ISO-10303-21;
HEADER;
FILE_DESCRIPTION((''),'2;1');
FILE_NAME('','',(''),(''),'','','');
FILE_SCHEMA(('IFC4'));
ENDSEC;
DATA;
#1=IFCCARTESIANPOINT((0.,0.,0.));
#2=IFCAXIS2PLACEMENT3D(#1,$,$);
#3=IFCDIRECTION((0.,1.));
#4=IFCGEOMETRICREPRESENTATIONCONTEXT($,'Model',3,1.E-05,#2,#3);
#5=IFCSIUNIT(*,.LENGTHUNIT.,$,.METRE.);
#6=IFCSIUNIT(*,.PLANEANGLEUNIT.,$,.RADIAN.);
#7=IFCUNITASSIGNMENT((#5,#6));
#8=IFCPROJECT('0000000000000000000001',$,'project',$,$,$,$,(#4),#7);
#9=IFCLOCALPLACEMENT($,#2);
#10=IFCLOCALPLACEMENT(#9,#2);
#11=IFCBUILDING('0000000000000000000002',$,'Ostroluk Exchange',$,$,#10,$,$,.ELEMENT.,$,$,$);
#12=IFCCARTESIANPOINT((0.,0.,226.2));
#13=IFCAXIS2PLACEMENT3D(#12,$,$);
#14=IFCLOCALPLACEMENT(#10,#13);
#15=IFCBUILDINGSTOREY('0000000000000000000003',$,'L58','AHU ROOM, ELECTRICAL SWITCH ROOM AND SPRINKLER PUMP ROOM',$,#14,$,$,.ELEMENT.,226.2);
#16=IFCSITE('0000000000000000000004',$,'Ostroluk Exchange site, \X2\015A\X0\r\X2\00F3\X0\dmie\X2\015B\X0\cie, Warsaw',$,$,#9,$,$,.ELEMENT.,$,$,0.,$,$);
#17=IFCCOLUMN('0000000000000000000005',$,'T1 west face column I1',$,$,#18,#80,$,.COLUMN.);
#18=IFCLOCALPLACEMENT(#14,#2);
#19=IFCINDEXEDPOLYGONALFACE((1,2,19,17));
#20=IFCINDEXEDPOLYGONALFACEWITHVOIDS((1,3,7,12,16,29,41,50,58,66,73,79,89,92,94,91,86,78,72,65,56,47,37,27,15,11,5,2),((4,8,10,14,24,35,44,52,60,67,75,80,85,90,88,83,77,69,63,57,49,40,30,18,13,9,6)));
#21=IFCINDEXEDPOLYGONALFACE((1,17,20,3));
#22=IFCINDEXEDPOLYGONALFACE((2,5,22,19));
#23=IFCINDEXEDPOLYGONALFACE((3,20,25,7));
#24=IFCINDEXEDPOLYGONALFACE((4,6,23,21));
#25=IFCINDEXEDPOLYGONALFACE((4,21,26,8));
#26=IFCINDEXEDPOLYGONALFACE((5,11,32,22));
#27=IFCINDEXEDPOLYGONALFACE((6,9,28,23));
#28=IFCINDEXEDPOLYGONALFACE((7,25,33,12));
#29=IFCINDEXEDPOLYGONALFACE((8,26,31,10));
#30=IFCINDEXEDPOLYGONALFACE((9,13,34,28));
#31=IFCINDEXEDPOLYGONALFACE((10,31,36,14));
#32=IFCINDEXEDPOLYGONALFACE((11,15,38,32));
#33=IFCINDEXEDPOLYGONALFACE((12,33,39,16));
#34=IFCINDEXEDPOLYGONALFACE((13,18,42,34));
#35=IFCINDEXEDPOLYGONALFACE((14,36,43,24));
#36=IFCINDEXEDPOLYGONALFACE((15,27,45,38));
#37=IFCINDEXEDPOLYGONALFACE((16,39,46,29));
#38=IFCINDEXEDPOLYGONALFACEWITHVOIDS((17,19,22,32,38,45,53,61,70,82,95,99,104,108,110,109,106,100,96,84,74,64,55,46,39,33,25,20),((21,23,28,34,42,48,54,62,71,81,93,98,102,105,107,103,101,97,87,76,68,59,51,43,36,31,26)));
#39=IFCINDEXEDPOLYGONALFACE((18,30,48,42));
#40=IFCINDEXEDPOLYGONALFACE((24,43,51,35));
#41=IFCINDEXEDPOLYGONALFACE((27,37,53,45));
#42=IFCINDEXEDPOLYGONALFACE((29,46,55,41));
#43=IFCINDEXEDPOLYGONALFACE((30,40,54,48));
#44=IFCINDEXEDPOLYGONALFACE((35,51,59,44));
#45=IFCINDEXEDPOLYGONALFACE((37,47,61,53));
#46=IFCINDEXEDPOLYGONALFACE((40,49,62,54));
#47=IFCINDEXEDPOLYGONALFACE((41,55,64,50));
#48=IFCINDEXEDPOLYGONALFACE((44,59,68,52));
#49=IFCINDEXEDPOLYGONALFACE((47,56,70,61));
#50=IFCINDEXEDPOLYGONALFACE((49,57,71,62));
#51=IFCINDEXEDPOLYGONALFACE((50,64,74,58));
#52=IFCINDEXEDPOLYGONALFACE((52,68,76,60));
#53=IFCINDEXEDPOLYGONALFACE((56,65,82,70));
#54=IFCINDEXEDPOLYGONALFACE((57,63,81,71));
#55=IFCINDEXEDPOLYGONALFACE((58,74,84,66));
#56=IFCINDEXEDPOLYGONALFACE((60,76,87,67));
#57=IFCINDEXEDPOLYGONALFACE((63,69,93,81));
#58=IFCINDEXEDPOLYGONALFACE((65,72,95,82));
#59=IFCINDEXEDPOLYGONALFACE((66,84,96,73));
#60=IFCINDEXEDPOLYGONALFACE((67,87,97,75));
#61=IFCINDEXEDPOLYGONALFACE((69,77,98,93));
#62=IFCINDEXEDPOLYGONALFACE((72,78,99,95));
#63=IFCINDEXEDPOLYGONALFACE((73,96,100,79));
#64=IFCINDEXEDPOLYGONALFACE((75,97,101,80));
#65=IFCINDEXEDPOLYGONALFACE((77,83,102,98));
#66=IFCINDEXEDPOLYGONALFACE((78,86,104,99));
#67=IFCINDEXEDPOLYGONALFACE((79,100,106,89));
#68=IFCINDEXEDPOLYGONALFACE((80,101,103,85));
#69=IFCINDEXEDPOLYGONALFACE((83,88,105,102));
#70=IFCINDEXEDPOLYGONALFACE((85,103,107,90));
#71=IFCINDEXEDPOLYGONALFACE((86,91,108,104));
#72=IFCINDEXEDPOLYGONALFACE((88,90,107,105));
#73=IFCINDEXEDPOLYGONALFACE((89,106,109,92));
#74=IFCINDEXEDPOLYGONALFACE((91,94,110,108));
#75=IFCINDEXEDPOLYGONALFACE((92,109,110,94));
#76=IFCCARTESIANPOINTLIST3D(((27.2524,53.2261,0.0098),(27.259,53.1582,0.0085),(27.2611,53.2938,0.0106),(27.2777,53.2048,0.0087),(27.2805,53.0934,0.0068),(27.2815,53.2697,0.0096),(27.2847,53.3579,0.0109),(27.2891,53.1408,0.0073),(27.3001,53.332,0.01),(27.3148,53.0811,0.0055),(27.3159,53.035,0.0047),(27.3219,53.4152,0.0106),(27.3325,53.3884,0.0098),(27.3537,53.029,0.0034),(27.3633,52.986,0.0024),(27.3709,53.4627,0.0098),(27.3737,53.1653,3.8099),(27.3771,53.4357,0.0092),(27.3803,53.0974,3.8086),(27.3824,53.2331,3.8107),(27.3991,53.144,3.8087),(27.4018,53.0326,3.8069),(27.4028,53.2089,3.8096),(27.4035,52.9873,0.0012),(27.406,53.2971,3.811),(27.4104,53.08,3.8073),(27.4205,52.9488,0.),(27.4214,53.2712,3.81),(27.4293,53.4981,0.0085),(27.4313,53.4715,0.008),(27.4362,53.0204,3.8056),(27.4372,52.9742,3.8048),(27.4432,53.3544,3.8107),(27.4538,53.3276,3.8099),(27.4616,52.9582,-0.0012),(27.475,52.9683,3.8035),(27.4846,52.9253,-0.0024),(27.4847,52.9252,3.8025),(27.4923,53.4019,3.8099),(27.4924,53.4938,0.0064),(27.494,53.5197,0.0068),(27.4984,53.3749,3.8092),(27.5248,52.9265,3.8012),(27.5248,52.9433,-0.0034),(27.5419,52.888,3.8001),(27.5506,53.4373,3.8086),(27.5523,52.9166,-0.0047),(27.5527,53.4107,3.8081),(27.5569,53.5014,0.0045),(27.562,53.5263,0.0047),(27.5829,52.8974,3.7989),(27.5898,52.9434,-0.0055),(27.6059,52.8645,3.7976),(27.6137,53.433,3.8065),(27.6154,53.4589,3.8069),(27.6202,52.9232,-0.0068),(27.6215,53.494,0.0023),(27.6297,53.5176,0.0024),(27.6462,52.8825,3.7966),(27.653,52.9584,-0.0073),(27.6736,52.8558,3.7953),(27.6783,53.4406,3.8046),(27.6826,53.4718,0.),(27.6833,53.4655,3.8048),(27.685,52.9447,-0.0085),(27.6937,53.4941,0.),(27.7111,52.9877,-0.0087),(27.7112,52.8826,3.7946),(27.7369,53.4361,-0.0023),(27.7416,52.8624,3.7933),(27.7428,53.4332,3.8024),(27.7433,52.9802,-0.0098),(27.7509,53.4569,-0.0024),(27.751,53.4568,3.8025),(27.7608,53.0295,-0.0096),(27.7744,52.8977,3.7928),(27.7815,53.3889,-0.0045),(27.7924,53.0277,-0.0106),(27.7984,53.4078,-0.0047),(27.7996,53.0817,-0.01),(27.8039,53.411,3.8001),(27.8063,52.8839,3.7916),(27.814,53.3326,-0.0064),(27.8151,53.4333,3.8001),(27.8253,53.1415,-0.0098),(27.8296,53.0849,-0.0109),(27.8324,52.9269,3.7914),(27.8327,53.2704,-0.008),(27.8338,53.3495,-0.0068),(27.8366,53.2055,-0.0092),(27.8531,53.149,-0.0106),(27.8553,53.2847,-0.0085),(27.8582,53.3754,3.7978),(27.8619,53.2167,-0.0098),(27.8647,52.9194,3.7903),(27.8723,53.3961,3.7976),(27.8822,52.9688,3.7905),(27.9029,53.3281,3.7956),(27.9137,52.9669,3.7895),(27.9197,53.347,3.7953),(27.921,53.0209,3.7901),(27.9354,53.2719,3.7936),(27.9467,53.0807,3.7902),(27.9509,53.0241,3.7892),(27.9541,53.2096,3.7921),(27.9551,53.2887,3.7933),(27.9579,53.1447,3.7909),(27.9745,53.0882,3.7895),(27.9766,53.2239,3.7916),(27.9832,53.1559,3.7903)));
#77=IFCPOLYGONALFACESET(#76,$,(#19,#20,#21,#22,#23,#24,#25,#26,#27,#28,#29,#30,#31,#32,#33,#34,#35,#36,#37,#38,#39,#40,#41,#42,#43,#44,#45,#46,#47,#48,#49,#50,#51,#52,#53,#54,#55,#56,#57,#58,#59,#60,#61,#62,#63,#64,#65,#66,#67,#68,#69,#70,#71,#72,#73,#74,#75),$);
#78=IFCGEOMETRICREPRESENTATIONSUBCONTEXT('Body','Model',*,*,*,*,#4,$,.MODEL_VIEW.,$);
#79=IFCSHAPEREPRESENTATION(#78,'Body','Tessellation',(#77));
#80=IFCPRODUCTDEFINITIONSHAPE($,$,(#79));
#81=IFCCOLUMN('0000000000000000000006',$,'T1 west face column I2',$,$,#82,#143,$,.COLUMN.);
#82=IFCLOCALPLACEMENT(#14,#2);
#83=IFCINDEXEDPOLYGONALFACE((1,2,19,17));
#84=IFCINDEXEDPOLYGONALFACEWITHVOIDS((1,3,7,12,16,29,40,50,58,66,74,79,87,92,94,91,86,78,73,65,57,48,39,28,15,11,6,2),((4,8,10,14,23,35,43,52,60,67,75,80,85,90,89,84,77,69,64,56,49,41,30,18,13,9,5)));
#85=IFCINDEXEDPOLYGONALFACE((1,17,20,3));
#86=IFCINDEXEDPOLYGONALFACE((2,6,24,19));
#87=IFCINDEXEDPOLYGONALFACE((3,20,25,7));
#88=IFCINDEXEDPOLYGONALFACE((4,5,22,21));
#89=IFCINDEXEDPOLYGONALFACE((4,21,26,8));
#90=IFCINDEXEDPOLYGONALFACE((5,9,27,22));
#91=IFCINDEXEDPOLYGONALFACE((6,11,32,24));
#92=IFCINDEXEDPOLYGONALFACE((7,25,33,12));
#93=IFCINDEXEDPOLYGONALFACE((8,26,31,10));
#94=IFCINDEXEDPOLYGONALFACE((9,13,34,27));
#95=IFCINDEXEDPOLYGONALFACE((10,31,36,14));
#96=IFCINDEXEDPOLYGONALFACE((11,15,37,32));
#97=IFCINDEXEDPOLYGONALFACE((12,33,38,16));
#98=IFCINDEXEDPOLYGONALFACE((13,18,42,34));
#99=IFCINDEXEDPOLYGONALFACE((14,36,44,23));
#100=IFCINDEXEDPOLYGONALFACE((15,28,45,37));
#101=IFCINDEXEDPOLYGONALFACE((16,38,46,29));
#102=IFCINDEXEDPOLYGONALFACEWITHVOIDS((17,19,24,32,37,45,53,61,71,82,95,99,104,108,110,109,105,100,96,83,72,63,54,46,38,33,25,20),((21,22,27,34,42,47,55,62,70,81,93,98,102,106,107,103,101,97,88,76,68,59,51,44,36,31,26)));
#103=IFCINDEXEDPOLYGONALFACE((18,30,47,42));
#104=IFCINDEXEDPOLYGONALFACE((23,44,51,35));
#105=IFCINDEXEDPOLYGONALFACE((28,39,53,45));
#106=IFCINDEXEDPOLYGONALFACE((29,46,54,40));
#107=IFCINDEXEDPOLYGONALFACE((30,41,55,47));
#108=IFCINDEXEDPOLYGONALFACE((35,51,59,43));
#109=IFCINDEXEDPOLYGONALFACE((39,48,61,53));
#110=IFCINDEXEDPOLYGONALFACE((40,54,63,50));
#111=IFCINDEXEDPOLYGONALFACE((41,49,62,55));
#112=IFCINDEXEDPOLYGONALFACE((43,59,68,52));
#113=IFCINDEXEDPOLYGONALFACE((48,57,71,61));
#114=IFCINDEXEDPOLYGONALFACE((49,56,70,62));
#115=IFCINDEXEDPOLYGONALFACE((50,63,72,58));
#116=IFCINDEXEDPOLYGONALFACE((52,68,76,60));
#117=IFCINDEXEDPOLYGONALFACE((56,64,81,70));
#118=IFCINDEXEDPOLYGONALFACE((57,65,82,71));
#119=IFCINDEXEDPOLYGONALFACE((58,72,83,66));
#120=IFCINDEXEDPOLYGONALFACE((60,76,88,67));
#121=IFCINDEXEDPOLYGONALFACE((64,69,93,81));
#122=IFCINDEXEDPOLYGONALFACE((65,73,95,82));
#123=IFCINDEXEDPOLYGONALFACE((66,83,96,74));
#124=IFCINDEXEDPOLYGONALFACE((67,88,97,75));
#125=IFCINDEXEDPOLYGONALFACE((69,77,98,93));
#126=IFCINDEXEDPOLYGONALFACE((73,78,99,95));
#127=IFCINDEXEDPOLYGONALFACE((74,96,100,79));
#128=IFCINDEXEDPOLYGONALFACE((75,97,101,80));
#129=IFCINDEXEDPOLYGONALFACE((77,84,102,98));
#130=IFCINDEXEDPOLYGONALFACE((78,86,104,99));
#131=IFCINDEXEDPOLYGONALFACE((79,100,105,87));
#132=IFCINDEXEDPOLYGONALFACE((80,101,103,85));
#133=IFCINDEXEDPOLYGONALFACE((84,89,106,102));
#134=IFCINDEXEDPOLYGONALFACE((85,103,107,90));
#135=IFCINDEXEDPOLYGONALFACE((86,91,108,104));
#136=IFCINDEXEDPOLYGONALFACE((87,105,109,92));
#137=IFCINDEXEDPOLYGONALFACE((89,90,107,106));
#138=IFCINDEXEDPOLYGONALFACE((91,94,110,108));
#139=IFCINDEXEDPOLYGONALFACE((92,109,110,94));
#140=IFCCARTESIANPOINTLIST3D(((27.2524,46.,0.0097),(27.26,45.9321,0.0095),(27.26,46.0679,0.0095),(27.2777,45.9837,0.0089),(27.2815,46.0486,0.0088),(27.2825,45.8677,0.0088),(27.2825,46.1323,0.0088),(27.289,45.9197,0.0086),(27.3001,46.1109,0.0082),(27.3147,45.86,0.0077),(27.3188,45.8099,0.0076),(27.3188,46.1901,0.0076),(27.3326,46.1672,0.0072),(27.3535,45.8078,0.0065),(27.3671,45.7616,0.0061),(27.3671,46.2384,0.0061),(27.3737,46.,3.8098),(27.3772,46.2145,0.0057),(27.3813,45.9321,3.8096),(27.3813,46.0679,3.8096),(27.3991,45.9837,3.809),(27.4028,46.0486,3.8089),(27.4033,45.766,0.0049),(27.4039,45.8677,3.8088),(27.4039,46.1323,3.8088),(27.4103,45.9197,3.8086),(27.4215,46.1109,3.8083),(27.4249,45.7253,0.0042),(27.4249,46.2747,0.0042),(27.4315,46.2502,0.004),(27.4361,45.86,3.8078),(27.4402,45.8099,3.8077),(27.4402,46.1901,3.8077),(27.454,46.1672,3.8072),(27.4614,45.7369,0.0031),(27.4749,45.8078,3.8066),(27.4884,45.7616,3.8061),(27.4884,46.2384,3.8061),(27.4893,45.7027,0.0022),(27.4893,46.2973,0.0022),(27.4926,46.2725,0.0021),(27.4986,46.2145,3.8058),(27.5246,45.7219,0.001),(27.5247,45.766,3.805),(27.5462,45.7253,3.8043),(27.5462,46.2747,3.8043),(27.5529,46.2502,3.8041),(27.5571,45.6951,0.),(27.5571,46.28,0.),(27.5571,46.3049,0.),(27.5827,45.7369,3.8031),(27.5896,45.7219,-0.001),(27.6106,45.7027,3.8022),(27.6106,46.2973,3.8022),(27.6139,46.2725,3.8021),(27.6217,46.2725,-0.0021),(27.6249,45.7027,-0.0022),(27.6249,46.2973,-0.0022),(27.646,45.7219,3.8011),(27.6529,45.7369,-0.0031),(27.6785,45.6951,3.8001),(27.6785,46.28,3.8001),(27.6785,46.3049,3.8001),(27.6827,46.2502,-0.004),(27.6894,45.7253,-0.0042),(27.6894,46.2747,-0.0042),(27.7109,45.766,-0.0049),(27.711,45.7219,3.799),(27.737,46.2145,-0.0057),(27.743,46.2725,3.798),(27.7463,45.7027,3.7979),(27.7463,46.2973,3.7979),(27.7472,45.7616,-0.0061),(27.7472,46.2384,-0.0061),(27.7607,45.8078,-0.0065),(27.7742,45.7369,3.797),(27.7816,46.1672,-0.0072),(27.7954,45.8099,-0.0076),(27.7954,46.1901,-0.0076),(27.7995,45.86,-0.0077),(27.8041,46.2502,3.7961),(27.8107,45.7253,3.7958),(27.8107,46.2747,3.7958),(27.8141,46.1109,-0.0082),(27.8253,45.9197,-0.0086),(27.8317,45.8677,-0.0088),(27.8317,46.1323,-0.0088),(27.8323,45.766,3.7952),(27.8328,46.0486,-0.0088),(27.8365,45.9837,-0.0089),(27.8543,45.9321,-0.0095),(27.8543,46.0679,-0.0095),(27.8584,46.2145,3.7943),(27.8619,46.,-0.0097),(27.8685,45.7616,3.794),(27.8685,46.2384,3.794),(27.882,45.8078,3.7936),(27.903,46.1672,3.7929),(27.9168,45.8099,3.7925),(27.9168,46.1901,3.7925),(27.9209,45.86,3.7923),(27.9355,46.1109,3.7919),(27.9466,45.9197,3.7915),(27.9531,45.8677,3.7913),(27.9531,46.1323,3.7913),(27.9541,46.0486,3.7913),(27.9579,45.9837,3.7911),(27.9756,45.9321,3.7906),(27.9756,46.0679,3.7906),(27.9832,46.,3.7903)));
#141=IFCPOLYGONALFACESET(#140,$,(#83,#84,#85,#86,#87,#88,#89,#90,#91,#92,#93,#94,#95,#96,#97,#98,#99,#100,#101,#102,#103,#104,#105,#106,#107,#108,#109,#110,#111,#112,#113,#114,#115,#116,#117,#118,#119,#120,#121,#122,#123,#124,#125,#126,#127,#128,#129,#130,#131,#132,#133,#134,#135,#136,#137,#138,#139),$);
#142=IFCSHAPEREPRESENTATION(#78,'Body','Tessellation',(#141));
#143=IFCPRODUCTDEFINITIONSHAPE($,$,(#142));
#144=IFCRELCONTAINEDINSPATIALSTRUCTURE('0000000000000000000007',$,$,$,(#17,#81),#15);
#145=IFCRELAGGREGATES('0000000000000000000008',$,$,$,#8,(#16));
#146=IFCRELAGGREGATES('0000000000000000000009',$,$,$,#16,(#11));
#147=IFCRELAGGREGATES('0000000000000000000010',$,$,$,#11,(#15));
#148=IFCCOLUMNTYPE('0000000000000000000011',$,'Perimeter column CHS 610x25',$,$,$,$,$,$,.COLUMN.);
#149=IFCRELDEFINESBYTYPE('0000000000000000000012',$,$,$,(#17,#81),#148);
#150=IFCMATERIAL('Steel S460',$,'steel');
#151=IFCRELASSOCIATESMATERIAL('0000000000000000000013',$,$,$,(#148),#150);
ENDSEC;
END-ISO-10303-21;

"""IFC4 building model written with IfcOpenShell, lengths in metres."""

from ifc_helpers import new_model, si_unit, direction, frame, origin, origin_2d, place, context, subcontext, project, spatial, hollow_circle, extrude, material, material_profile, profile_set, type_object, element, save


model = new_model("IFC4")

# Units and contexts
model_context = context("Model", 3, precision=1e-05, world=origin(), true_north=direction((0.0, 1.0)))
body_context = subcontext(model_context, "Body", "Model", "MODEL_VIEW")
ifc_project = project(units=[si_unit("LENGTHUNIT", "METRE"), si_unit("PLANEANGLEUNIT", "RADIAN")], contexts=[model_context])

# Site, building, storey
site_placement = place(None, origin())
site = spatial("IfcSite", under=ifc_project, at=site_placement, Name="Ostroluk Exchange site, Śródmieście, Warsaw", CompositionType="ELEMENT", RefElevation=0.0)
building_placement = place(site_placement, origin())
building = spatial("IfcBuilding", under=site, at=building_placement, Name="Ostroluk Exchange", CompositionType="ELEMENT")
storey_placement = place(building_placement, frame((0.0, 0.0, 226.2)))
storey = spatial("IfcBuildingStorey", under=building, at=storey_placement, Name="L58", Description="AHU ROOM, ELECTRICAL SWITCH ROOM AND SPRINKLER PUMP ROOM", CompositionType="ELEMENT", Elevation=226.2)

# Columns
ifc_material_1 = material(Name="Steel S460", Category="steel")
ifc_material_profile_1 = material_profile(ifc_material_1, hollow_circle(Radius=0.3049, WallThickness=0.0249, at=origin_2d()), Name="CHS 610x25")
ifc_profile_set_1 = profile_set([ifc_material_profile_1], Name="Steel S460")
column_type = type_object("IfcColumnType", Name="Perimeter column CHS 610x25", PredefinedType="COLUMN", material=ifc_profile_set_1)
column_1_placement = place(storey_placement, frame((27.5571, 53.2214, 0.0), z_axis=(0.03191, -0.015987, 0.999363), x_axis=(0.447933, 0.894067, 0.0)))
element("IfcColumn", 1, at=column_1_placement, inside=storey, type_object=column_type, Name="T1 west face column I1", PredefinedType="COLUMN", context=body_context, shape_type="SweptSolid", body=[
    extrude(hollow_circle(Radius=0.3049, WallThickness=0.0249, at=origin_2d()), origin(), (0.0, 0.0, 1.0), 3.8025),
])
column_2_placement = place(storey_placement, frame((27.5571, 46.0, 0.0), z_axis=(0.031914, 0.0, 0.999491), x_axis=(0.0, 1.0, 0.0)))
element("IfcColumn", 2, at=column_2_placement, inside=storey, type_object=column_type, Name="T1 west face column I2", PredefinedType="COLUMN", context=body_context, shape_type="SweptSolid", body=[
    extrude(hollow_circle(Radius=0.3049, WallThickness=0.0249, at=origin_2d()), origin(), (0.0, 0.0, 1.0), 3.802),
])

save(model, "model.ifc")
